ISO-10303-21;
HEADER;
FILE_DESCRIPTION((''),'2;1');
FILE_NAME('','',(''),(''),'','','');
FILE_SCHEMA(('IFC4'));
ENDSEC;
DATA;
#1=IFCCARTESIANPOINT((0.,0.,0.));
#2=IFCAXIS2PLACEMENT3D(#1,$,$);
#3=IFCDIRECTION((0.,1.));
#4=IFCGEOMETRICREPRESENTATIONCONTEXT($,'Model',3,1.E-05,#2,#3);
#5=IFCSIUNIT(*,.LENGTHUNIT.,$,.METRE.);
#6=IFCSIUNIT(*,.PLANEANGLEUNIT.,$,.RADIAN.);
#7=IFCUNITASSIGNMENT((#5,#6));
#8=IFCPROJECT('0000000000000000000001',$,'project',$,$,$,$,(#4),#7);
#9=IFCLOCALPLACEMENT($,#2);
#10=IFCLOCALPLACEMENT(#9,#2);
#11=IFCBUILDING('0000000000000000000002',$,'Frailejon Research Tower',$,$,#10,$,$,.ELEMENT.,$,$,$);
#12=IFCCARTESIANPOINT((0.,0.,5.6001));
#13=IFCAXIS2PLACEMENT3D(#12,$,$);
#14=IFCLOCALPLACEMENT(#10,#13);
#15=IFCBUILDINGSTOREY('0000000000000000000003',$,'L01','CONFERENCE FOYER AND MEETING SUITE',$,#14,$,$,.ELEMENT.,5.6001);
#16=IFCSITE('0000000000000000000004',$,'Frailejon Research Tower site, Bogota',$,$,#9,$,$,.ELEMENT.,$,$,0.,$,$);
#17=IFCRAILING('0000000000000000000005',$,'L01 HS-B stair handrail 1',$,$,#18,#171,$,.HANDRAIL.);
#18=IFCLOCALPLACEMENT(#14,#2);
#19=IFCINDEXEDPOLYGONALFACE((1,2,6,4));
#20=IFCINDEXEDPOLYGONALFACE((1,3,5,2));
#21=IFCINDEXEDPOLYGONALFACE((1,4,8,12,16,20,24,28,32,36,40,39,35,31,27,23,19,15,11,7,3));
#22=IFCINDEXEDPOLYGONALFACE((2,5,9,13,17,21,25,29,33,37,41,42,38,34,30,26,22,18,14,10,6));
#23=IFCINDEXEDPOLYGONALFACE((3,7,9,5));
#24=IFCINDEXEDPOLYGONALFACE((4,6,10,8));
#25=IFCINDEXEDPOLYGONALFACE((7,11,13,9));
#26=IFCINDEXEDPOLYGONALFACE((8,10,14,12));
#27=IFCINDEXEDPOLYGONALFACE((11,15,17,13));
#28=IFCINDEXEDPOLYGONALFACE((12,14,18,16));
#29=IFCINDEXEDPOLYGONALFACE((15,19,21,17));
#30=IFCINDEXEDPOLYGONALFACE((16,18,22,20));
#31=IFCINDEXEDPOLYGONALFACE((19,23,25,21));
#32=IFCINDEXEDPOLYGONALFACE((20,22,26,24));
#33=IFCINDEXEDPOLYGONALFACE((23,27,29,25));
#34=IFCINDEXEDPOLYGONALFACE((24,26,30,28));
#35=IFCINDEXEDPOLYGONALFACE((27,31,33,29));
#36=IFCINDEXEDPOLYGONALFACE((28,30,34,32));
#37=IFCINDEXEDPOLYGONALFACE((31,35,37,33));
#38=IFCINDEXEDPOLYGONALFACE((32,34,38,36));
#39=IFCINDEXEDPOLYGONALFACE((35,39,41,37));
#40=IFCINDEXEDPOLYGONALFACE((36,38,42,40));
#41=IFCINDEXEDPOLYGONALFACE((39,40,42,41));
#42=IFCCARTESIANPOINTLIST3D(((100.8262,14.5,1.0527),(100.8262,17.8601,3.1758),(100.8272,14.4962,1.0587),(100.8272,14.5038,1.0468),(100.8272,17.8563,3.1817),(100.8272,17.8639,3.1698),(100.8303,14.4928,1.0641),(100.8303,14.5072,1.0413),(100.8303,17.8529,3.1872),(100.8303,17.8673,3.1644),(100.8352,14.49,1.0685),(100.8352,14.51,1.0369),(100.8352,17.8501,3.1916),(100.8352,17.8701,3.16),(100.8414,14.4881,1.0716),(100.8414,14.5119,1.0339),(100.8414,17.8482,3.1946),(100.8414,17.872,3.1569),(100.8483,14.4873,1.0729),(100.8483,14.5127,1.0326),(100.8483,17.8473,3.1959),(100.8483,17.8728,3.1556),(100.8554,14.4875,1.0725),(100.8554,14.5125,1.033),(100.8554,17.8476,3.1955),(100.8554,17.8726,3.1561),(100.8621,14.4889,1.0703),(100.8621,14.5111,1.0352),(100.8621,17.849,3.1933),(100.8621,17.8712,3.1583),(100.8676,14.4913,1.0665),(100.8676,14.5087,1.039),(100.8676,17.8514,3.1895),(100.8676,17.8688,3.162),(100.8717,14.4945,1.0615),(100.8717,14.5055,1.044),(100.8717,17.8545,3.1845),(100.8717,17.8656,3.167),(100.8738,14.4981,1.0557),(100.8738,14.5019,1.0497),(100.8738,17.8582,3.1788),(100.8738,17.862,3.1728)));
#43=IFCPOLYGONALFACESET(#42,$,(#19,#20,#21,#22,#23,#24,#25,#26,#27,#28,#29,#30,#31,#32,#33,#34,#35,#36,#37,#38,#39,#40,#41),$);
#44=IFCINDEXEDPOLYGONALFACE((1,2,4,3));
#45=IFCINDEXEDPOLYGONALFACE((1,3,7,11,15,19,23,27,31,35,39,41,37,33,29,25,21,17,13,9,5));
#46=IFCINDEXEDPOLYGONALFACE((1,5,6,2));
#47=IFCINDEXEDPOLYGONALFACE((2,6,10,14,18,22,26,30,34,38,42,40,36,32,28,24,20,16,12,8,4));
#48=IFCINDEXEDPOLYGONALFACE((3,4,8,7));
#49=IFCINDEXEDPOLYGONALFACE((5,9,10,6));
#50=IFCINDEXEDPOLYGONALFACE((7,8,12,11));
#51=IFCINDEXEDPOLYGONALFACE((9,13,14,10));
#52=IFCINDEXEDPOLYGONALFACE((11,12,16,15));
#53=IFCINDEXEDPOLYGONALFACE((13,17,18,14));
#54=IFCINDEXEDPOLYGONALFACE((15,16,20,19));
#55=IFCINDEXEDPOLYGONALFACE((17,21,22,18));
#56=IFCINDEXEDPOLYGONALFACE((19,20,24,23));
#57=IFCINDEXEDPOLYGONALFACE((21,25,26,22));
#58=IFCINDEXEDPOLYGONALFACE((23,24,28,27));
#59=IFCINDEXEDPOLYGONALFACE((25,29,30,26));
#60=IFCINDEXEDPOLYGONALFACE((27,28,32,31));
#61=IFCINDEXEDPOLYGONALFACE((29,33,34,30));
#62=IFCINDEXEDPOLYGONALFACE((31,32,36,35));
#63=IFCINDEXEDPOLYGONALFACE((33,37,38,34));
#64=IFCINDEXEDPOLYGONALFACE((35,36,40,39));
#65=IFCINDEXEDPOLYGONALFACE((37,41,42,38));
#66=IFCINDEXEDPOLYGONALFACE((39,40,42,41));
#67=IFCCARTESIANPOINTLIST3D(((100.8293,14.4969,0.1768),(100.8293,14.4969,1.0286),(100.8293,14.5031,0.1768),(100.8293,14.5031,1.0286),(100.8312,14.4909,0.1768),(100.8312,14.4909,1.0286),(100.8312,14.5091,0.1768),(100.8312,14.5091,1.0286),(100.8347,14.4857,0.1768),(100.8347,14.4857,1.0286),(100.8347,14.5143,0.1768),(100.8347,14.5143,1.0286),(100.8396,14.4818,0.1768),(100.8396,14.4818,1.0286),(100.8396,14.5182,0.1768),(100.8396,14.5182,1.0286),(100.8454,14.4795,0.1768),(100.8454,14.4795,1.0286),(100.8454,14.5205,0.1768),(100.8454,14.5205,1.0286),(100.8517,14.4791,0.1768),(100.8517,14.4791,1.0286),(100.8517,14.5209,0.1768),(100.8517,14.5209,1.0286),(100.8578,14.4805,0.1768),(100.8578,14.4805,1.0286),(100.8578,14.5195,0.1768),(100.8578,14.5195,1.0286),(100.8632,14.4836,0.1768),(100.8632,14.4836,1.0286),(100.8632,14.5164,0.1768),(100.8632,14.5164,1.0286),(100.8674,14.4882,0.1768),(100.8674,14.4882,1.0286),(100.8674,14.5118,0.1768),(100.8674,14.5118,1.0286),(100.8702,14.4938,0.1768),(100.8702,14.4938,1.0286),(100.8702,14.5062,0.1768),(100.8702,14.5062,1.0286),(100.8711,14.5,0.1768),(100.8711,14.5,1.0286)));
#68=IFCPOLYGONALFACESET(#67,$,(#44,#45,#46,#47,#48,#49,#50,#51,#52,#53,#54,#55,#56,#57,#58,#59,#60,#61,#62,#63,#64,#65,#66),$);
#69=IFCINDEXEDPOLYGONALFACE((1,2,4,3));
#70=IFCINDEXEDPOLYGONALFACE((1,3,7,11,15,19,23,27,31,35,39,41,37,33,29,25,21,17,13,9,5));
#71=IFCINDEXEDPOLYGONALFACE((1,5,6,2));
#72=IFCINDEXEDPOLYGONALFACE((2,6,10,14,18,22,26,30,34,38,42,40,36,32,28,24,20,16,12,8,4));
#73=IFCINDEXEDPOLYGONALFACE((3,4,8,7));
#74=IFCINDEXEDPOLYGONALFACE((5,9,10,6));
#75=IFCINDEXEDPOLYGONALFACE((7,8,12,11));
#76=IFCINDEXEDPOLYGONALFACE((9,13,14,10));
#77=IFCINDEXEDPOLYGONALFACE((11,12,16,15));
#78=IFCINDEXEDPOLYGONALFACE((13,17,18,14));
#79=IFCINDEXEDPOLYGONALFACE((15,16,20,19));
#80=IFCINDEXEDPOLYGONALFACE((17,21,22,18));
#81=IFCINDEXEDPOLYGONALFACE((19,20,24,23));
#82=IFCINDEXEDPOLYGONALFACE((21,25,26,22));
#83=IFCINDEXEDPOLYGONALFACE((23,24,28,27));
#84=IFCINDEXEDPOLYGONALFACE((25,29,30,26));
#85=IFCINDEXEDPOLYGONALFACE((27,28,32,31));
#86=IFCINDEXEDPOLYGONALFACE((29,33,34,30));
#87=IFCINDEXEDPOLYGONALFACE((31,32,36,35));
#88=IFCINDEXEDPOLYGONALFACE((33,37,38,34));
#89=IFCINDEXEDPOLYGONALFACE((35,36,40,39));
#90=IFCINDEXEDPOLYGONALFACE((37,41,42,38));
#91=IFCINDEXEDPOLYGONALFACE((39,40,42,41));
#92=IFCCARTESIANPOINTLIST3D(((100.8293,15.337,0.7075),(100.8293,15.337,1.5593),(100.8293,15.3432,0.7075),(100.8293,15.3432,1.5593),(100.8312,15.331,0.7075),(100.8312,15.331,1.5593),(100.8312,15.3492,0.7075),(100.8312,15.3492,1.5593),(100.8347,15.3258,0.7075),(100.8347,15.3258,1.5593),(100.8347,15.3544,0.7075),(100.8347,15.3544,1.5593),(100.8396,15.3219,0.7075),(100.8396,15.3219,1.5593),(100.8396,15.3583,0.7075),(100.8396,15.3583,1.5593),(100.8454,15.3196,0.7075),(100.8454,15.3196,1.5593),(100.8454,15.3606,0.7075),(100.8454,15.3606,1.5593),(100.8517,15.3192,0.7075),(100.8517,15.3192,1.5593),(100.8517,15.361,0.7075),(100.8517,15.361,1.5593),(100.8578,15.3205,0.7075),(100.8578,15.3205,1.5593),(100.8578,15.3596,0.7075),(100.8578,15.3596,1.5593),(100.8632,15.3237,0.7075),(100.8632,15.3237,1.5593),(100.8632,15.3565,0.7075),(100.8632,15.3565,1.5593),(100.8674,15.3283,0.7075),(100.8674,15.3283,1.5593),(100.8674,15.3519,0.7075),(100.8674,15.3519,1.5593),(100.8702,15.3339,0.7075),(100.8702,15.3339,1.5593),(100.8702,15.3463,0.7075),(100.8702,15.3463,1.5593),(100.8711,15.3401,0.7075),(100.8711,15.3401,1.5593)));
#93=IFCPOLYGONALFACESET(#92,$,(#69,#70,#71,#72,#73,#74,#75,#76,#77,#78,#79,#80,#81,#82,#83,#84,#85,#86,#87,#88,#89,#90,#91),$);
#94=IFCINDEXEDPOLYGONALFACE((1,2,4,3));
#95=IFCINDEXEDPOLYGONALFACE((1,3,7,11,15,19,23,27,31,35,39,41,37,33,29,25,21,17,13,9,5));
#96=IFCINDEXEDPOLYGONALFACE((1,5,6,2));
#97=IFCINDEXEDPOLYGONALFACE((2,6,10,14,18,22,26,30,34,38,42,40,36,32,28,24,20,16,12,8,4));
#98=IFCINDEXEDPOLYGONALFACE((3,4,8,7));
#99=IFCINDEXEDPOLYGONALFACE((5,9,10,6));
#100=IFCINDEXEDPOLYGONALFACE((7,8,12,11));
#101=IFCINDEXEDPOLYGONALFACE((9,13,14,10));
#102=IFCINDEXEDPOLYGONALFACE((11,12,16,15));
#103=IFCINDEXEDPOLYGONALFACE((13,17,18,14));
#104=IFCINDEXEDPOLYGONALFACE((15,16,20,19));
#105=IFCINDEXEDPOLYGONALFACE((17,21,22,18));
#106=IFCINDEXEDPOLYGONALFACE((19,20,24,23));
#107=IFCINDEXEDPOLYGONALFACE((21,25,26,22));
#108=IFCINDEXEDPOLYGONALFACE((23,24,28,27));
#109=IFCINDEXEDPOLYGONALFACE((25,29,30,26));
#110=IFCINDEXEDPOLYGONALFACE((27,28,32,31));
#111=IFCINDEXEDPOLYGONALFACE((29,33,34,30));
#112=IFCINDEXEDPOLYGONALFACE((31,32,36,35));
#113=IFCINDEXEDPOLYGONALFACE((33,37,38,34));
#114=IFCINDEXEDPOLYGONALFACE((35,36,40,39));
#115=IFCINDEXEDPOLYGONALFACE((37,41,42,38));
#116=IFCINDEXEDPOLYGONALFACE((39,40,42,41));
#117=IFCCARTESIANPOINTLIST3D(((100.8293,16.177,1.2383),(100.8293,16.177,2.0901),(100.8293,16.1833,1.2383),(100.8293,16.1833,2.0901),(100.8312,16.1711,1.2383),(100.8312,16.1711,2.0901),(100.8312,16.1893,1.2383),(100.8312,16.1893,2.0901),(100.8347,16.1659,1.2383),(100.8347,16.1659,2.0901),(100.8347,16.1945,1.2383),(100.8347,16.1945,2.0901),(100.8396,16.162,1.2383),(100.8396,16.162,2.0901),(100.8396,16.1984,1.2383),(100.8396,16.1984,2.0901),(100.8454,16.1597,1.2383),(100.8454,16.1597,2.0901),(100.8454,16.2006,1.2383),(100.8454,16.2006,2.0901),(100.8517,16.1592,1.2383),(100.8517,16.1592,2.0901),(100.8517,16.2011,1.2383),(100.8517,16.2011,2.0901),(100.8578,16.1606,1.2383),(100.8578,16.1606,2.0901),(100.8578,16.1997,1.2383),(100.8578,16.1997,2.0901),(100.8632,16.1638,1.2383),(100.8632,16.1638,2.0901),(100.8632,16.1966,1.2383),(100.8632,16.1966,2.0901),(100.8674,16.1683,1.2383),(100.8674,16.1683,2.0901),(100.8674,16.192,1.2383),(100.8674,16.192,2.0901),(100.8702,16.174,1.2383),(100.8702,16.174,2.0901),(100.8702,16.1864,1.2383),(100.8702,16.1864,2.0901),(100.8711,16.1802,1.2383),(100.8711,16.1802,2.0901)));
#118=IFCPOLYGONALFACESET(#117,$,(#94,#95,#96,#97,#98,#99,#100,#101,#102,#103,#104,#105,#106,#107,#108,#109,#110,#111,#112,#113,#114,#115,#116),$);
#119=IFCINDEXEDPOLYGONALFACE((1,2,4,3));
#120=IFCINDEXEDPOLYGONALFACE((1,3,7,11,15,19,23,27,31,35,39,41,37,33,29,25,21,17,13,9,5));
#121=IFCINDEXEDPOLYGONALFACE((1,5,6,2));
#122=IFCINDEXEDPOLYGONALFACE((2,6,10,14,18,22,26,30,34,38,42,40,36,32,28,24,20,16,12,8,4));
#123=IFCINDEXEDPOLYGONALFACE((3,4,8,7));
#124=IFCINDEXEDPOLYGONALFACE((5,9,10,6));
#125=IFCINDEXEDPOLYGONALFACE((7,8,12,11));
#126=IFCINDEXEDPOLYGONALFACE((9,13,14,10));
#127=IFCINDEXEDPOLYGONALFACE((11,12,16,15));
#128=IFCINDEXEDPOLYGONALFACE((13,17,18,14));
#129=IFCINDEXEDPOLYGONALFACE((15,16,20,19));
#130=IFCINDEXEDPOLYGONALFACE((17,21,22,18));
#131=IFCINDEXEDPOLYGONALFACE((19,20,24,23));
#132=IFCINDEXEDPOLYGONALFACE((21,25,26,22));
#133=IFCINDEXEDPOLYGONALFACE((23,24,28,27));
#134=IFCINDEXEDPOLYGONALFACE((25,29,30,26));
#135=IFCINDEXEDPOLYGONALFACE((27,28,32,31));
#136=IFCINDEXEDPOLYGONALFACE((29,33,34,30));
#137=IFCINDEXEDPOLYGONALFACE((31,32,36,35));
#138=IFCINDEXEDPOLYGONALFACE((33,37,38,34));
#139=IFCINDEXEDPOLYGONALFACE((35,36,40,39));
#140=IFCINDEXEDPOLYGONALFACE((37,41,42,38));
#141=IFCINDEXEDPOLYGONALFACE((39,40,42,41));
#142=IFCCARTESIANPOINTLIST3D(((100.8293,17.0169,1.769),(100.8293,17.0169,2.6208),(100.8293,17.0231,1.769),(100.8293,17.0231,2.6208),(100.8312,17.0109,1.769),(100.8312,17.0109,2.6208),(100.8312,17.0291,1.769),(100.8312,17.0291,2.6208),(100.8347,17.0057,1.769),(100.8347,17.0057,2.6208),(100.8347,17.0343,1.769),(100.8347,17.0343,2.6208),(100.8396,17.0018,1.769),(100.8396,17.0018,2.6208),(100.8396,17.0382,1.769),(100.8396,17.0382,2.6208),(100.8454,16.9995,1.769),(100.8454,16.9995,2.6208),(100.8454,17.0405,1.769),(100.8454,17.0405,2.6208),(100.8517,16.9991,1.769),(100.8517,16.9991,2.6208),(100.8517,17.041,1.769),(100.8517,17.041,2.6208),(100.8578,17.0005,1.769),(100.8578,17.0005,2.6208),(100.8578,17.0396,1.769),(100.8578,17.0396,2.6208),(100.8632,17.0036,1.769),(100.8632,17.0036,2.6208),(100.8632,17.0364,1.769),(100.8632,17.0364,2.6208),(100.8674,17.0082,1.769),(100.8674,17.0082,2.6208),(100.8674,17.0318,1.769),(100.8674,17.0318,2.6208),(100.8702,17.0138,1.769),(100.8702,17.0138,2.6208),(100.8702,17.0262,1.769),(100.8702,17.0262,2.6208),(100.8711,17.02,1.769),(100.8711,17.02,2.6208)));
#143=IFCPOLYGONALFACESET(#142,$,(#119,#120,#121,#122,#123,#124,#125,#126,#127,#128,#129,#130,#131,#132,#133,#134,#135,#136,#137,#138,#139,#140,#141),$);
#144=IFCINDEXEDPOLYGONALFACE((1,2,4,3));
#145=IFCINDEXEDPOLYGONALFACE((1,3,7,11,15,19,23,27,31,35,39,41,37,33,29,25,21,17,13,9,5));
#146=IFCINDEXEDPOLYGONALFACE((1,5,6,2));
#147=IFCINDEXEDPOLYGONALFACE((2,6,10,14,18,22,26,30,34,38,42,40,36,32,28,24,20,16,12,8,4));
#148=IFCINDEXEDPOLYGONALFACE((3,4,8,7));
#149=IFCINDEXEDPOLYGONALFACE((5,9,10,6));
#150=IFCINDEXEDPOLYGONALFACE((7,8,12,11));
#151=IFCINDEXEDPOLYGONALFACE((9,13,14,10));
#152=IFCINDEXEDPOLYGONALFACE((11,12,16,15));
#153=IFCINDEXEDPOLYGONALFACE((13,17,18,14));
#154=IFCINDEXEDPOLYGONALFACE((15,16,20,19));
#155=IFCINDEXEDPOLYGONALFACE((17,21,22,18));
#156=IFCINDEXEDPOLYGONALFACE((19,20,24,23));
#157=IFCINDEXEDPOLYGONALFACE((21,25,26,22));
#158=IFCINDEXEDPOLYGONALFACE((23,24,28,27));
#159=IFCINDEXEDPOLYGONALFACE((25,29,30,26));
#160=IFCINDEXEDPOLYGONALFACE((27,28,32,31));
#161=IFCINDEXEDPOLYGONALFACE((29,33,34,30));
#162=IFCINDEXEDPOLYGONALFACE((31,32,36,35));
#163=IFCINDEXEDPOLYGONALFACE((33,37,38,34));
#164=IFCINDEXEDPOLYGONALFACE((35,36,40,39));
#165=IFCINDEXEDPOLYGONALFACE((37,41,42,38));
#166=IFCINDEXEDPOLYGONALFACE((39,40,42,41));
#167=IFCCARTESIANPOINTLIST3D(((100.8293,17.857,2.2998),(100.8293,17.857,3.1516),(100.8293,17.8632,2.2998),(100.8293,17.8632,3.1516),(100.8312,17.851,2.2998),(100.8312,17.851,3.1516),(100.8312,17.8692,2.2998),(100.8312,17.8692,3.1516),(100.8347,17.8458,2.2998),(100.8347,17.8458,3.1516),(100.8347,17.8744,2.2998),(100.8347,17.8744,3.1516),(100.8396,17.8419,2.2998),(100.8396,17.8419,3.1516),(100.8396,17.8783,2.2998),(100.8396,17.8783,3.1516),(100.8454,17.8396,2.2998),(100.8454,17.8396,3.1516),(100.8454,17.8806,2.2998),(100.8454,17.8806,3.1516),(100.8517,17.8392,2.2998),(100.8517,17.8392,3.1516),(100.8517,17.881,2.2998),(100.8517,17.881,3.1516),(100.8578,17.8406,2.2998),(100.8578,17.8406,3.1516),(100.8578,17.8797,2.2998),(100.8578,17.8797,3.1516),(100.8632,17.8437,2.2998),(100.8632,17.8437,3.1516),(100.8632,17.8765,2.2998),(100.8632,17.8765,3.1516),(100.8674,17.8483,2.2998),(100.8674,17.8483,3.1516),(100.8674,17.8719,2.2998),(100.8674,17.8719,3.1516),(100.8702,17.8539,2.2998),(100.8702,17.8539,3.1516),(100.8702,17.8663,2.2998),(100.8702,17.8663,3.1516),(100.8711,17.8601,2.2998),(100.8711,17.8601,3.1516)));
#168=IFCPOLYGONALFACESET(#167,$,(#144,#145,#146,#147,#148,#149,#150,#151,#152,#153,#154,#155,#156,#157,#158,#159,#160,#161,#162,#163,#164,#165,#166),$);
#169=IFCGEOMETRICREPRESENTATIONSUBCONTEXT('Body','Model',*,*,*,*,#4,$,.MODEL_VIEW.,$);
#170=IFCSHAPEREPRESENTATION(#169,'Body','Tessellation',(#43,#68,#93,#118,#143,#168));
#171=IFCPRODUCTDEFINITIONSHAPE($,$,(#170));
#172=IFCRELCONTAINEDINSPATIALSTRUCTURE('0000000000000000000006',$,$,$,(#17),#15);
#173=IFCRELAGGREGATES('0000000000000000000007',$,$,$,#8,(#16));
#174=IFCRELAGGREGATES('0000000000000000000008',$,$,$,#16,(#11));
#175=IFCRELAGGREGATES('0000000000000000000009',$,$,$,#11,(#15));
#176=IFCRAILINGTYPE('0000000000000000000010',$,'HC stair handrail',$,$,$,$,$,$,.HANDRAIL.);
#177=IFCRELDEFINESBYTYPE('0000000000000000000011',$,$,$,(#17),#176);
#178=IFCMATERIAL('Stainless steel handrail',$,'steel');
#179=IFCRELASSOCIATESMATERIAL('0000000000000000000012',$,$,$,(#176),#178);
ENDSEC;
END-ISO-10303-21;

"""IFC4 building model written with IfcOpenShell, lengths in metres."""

from ifc_helpers import new_model, si_unit, direction, frame, origin, origin_2d, place, context, subcontext, project, spatial, circle, extrude, material, type_object, element, save


model = new_model("IFC4")

# Units and contexts
model_context = context("Model", 3, precision=1e-05, world=origin(), true_north=direction((0.0, 1.0)))
body_context = subcontext(model_context, "Body", "Model", "MODEL_VIEW")
ifc_project = project(units=[si_unit("LENGTHUNIT", "METRE"), si_unit("PLANEANGLEUNIT", "RADIAN")], contexts=[model_context])

# Site, building, storey
site_placement = place(None, origin())
site = spatial("IfcSite", under=ifc_project, at=site_placement, Name="Frailejon Research Tower site, Bogota", CompositionType="ELEMENT", RefElevation=0.0)
building_placement = place(site_placement, origin())
building = spatial("IfcBuilding", under=site, at=building_placement, Name="Frailejon Research Tower", CompositionType="ELEMENT")
storey_placement = place(building_placement, frame((0.0, 0.0, 5.6001)))
storey = spatial("IfcBuildingStorey", under=building, at=storey_placement, Name="L01", Description="CONFERENCE FOYER AND MEETING SUITE", CompositionType="ELEMENT", Elevation=5.6001)

# Railing
ifc_material_1 = material(Name="Stainless steel handrail", Category="steel")
railing_type_1 = type_object("IfcRailingType", Name="HC stair handrail", PredefinedType="HANDRAIL", material=ifc_material_1)
railing_1_placement = place(storey_placement, frame((100.8501, 14.5, 0.1768)))
element("IfcRailing", 1, at=railing_1_placement, inside=storey, type_object=railing_type_1, Name="L01 HS-B stair handrail 1", PredefinedType="HANDRAIL", context=body_context, shape_type="SweptSolid", body=[
    extrude(circle(Radius=0.0239, at=origin_2d()), frame((0.0, 0.0, 0.876), z_axis=(0.0, 0.84539, 0.53415), x_axis=(-1.0, 0.0, 0.0)), (0.0, 0.0, 1.0), 3.9746),
    extrude(circle(Radius=0.021, at=origin_2d()), origin(), (0.0, 0.0, 1.0), 0.8518),
    extrude(circle(Radius=0.021, at=origin_2d()), frame((0.0, 0.8401, 0.5308)), (0.0, 0.0, 1.0), 0.8518),
    extrude(circle(Radius=0.021, at=origin_2d()), frame((0.0, 1.6802, 1.0615)), (0.0, 0.0, 1.0), 0.8518),
    extrude(circle(Radius=0.021, at=origin_2d()), frame((0.0, 2.52, 1.5923)), (0.0, 0.0, 1.0), 0.8518),
    extrude(circle(Radius=0.021, at=origin_2d()), frame((0.0, 3.3601, 2.123)), (0.0, 0.0, 1.0), 0.8518),
])

save(model, "model.ifc")
